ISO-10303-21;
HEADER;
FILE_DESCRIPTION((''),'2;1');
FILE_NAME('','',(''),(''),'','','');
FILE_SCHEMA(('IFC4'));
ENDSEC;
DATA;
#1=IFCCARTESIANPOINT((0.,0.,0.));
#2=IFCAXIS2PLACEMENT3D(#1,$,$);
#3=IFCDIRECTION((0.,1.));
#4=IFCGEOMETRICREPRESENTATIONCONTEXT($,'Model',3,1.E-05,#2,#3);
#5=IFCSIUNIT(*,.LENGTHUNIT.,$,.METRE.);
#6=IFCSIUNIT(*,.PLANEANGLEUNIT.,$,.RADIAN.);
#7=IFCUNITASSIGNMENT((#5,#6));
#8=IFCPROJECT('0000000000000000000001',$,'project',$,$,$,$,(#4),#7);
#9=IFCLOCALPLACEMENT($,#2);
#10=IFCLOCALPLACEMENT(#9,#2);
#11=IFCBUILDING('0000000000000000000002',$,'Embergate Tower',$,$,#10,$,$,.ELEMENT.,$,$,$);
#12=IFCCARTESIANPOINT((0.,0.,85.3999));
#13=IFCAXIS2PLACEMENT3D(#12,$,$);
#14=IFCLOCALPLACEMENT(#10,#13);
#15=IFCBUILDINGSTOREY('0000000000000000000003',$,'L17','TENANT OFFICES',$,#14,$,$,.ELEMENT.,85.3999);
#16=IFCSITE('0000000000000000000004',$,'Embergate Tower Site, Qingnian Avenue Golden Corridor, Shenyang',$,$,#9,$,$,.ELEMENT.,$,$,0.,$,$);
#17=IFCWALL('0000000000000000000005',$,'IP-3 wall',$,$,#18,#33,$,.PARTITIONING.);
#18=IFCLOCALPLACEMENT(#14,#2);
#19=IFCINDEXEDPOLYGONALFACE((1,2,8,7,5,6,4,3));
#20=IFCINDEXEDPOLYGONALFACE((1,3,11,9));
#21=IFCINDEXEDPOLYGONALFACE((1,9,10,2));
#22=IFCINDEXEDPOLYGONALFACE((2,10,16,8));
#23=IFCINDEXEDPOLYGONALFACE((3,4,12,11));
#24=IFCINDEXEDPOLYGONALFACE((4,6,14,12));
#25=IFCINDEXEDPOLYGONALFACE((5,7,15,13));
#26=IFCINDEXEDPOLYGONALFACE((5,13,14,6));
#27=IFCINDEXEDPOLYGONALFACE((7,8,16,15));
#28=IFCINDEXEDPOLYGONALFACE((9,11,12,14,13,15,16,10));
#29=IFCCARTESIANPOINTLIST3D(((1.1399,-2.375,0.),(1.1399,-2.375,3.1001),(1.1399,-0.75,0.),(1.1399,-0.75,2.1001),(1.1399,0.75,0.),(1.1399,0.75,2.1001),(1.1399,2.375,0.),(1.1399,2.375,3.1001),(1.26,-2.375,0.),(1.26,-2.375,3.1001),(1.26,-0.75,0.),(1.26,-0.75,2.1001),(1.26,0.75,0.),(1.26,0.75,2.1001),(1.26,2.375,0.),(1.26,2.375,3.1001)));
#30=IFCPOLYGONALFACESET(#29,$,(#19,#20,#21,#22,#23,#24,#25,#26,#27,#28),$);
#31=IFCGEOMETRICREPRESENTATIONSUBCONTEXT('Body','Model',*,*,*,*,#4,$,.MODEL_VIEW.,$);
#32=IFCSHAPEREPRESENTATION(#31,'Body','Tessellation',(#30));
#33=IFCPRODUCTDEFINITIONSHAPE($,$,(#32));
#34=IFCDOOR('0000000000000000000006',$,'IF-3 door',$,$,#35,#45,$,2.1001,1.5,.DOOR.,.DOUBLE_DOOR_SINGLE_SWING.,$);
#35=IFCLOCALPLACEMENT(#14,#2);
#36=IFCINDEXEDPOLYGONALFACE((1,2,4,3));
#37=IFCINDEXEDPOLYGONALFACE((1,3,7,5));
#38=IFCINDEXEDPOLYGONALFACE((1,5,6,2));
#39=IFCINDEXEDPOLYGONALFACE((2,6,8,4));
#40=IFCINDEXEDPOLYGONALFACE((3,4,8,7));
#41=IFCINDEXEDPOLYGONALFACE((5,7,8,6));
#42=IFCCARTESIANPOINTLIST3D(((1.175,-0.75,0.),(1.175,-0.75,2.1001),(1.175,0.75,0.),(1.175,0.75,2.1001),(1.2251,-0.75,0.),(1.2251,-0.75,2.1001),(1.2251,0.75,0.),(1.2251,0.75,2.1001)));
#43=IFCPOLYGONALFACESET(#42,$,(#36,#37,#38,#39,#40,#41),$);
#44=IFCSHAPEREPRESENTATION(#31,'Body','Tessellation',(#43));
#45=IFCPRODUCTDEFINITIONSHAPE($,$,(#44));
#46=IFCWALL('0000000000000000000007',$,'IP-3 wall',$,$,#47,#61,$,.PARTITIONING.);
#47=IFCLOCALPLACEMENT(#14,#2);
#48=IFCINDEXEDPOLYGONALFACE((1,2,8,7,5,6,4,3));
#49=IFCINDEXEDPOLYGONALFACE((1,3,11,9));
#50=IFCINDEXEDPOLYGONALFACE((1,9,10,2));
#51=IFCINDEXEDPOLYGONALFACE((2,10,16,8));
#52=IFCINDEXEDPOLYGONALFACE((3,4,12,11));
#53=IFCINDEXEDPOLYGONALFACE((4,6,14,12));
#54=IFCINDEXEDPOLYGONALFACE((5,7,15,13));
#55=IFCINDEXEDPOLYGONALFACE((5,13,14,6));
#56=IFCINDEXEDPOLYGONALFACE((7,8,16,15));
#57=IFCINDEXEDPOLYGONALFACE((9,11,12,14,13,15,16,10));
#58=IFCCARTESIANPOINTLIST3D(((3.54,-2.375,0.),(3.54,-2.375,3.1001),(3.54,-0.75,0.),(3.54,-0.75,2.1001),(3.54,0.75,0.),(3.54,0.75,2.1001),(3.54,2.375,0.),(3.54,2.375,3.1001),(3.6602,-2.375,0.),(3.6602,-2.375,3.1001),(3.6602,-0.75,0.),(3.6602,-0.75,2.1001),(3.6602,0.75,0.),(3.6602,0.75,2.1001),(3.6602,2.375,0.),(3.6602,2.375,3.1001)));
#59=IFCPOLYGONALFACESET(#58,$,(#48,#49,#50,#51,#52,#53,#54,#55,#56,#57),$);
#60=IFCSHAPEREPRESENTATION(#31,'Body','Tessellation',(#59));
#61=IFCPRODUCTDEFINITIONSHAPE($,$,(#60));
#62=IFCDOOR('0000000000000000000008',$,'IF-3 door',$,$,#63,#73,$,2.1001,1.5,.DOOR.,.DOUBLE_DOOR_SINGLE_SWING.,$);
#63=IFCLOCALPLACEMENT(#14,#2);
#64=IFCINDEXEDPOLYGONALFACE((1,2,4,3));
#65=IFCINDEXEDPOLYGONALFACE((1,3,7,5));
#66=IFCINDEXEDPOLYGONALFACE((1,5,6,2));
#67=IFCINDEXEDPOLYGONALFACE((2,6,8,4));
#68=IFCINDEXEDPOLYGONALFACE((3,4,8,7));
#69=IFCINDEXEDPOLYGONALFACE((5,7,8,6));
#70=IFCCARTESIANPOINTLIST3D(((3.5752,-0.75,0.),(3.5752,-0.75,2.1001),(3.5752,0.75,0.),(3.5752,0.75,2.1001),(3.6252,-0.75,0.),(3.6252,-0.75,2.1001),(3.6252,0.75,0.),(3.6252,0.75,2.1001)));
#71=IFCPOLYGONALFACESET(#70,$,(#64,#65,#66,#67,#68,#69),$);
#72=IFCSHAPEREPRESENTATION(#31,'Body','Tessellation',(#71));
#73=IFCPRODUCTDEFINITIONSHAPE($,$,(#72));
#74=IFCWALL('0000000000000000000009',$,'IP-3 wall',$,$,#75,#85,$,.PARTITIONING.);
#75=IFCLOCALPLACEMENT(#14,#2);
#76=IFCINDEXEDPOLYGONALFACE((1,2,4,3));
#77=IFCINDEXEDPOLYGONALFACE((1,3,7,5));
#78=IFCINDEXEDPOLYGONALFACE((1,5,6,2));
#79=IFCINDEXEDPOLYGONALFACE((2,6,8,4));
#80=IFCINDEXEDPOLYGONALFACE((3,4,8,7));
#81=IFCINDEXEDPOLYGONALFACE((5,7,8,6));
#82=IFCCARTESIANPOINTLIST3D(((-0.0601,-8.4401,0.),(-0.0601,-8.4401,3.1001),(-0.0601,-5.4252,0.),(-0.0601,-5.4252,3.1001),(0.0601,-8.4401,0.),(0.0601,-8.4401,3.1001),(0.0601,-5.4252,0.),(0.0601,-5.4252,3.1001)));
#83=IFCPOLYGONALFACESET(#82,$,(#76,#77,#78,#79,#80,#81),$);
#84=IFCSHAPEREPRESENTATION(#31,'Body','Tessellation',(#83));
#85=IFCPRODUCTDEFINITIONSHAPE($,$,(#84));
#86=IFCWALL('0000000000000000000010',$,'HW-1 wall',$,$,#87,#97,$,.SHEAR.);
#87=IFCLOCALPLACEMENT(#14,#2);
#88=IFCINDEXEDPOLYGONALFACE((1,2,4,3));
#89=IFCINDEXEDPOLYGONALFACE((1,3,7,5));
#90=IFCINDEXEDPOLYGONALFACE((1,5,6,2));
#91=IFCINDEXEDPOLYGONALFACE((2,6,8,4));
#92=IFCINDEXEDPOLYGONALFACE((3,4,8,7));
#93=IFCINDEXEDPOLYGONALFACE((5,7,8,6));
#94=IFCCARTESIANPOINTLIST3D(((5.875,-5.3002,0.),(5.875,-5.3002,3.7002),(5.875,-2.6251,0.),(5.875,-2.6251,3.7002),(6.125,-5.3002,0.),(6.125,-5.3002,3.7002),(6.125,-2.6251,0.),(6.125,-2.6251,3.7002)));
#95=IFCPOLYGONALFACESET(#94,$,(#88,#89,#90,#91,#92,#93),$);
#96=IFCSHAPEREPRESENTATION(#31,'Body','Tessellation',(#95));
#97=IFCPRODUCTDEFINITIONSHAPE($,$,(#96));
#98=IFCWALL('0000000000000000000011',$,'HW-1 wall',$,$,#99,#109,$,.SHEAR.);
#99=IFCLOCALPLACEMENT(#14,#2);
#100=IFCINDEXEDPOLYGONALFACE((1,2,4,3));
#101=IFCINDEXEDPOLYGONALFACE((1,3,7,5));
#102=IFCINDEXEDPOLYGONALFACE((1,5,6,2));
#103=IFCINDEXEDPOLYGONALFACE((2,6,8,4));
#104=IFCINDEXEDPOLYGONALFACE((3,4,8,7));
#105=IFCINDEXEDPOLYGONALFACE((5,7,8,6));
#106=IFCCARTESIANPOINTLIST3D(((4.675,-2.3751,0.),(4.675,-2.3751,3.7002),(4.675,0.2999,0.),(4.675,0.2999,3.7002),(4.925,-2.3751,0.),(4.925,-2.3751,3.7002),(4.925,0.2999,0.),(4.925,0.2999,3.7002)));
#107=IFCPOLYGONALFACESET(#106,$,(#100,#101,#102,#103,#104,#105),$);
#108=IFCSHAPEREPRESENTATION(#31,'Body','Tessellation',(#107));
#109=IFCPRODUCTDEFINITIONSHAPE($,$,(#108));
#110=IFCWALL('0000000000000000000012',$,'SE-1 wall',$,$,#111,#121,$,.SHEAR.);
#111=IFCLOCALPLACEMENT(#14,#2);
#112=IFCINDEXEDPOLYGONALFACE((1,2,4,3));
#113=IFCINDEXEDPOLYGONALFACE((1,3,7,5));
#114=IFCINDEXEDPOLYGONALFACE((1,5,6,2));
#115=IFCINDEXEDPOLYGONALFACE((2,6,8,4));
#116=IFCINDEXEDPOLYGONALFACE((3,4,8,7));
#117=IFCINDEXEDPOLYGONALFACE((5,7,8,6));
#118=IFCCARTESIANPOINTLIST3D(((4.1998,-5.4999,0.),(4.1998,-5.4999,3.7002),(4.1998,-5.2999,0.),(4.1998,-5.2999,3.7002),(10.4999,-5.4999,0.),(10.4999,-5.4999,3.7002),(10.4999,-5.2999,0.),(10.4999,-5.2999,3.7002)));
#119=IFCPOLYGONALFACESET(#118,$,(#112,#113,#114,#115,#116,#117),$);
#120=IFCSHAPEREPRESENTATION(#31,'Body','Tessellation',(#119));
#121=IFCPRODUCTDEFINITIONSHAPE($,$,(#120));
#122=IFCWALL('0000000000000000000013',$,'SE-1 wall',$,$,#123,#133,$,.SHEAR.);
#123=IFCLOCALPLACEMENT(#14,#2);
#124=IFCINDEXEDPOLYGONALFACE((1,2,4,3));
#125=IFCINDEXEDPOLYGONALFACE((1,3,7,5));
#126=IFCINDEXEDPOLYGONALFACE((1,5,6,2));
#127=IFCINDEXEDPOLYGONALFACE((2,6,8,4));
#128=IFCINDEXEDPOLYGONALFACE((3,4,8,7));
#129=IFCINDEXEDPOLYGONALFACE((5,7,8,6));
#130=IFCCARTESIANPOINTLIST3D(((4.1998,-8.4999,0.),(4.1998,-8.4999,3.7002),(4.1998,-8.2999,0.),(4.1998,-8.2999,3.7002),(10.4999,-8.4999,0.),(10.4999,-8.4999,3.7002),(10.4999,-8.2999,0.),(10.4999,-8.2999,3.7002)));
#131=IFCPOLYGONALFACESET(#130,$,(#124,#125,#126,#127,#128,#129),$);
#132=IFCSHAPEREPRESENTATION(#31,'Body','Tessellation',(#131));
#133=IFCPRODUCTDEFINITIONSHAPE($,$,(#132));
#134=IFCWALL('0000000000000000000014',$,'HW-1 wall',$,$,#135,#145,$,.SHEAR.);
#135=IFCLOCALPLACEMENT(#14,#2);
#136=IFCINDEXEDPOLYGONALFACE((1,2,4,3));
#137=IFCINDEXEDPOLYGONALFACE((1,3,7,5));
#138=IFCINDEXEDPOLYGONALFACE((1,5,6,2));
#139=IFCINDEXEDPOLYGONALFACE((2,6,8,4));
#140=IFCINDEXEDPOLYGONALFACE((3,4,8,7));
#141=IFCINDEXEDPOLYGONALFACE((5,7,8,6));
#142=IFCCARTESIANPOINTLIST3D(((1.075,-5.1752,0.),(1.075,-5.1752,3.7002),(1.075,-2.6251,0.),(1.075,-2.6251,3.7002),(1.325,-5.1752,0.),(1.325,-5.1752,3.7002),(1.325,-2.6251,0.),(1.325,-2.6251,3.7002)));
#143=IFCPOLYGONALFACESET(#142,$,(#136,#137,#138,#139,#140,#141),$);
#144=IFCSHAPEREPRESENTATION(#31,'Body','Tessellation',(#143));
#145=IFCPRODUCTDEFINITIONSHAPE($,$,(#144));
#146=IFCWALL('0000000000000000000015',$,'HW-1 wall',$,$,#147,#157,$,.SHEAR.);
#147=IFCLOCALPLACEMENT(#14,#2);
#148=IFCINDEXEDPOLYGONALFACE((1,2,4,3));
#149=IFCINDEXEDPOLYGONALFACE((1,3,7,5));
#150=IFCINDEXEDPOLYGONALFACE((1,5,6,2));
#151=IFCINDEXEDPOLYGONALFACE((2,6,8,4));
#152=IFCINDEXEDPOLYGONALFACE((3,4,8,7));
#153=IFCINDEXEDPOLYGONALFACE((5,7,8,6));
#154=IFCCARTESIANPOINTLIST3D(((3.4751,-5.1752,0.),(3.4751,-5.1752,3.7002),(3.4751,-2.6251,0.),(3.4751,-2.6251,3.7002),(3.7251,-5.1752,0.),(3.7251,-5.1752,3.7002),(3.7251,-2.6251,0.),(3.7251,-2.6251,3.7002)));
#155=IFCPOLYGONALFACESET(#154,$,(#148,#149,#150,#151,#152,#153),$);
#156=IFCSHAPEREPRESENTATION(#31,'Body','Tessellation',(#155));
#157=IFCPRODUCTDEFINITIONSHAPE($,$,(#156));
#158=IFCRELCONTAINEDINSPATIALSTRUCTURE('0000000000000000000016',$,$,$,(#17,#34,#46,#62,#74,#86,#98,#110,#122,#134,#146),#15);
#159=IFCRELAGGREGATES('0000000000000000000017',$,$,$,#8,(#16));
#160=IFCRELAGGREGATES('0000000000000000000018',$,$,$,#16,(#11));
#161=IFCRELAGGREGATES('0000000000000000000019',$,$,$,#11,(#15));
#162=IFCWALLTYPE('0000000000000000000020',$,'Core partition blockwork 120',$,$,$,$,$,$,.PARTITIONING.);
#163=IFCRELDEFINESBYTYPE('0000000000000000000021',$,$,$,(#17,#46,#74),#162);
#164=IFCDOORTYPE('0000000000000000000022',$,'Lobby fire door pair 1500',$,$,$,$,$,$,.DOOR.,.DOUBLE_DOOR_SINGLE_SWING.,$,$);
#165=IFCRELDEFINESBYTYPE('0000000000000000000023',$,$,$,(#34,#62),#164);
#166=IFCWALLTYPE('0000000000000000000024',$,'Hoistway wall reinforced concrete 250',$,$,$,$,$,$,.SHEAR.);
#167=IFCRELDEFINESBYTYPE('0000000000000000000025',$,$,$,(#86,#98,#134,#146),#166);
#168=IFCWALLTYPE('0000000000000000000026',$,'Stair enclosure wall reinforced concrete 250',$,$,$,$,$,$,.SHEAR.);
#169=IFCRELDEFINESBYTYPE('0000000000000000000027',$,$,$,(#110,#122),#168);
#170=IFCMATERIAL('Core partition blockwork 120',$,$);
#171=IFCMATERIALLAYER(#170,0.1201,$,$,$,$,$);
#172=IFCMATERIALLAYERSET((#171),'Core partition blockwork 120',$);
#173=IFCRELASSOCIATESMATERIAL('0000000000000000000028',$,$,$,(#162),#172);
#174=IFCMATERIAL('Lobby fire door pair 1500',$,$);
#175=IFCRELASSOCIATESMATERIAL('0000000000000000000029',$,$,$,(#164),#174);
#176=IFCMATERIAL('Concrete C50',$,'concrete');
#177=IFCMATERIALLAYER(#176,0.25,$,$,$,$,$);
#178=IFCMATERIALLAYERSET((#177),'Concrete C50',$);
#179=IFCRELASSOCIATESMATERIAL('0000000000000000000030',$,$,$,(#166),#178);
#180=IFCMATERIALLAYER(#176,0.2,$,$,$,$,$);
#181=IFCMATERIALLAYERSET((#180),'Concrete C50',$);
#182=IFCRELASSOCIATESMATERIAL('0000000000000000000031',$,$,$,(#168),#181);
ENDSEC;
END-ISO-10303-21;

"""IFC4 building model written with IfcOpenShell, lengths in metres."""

from ifc_helpers import new_model, si_unit, direction, frame, frame_2d, origin, place, context, subcontext, project, spatial, rectangle, extrude, source, transform, mapped, material, layer, layer_set, type_object, element, fill, save


model = new_model("IFC4")

# Units and contexts
model_context = context("Model", 3, precision=1e-05, world=origin(), true_north=direction((0.0, 1.0)))
body_context = subcontext(model_context, "Body", "Model", "MODEL_VIEW")
ifc_project = project(units=[si_unit("LENGTHUNIT", "METRE"), si_unit("PLANEANGLEUNIT", "RADIAN")], contexts=[model_context])

# Site, building, storey
site_placement = place(None, origin())
site = spatial("IfcSite", under=ifc_project, at=site_placement, Name="Embergate Tower Site, Qingnian Avenue Golden Corridor, Shenyang", CompositionType="ELEMENT", RefElevation=0.0)
building_placement = place(site_placement, origin())
building = spatial("IfcBuilding", under=site, at=building_placement, Name="Embergate Tower", CompositionType="ELEMENT")
storey_placement = place(building_placement, frame((0.0, 0.0, 85.3999)))
storey = spatial("IfcBuildingStorey", under=building, at=storey_placement, Name="L17", Description="TENANT OFFICES", CompositionType="ELEMENT", Elevation=85.3999)

# Walls, openings, doors
ifc_material_1 = material(Name="Core partition blockwork 120")
ifc_layer_1 = layer(ifc_material_1, 0.1201)
ifc_layer_set_1 = layer_set([ifc_layer_1], Name="Core partition blockwork 120")
wall_type_1 = type_object("IfcWallType", Name="Core partition blockwork 120", PredefinedType="PARTITIONING", material=ifc_layer_set_1)
shared_shape_1 = source(origin(), body_context, "Body", "SweptSolid", [
    extrude(rectangle(XDim=4.75, YDim=0.1201, at=frame_2d((2.375, 0.0))), origin(), (0.0, 0.0, 1.0), 3.1001),
])
wall_1_placement = place(storey_placement, frame((1.2, -2.375, 0.0), z_axis=(0.0, 0.0, 1.0), x_axis=(0.0, 1.0, 0.0)))
wall_1 = element("IfcWall", 1, at=wall_1_placement, inside=storey, type_object=wall_type_1, Name="IP-3 wall", PredefinedType="PARTITIONING", context=body_context, shape_type="MappedRepresentation", body=[
    mapped(shared_shape_1, transform((0.0, 0.0, 0.0))),
])
shared_shape_2 = source(origin(), body_context, "Body", "SweptSolid", [
    extrude(rectangle(XDim=1.5, YDim=2.1001, at=frame_2d((0.75, 1.05))), frame((0.0, 0.0701, 0.0), z_axis=(0.0, -1.0, 0.0), x_axis=(1.0, 0.0, 0.0)), (0.0, 0.0, 1.0), 0.1401),
])
opening_1_placement = place(wall_1_placement, frame((1.625, 0.0, 0.0)))
opening_1 = element("IfcOpeningElement", 2, at=opening_1_placement, cuts=wall_1, PredefinedType="OPENING", context=body_context, shape_type="MappedRepresentation", body=[
    mapped(shared_shape_2, transform((0.0, 0.0, 0.0))),
])
ifc_material_2 = material(Name="Lobby fire door pair 1500")
door_type_1 = type_object("IfcDoorType", Name="Lobby fire door pair 1500", OperationType="DOUBLE_DOOR_SINGLE_SWING", PredefinedType="DOOR", material=ifc_material_2)
shared_shape_3 = source(origin(), body_context, "Body", "SweptSolid", [
    extrude(rectangle(XDim=1.5, YDim=2.1001, at=frame_2d((0.75, 1.05))), frame((0.0, 0.0249, 0.0), z_axis=(0.0, -1.0, 0.0), x_axis=(1.0, 0.0, 0.0)), (0.0, 0.0, 1.0), 0.05),
])
door_1_placement = place(opening_1_placement, origin())
door_1 = element("IfcDoor", 3, at=door_1_placement, inside=storey, type_object=door_type_1, Name="IF-3 door", OperationType="DOUBLE_DOOR_SINGLE_SWING", OverallHeight=2.1001, OverallWidth=1.5, PredefinedType="DOOR", context=body_context, shape_type="MappedRepresentation", body=[
    mapped(shared_shape_3, transform((0.0, 0.0, 0.0))),
])
fill(opening_1, door_1)
wall_2_placement = place(storey_placement, frame((3.6001, -2.375, 0.0), z_axis=(0.0, 0.0, 1.0), x_axis=(0.0, 1.0, 0.0)))
wall_2 = element("IfcWall", 4, at=wall_2_placement, inside=storey, type_object=wall_type_1, Name="IP-3 wall", PredefinedType="PARTITIONING", context=body_context, shape_type="MappedRepresentation", body=[
    mapped(shared_shape_1, transform((0.0, 0.0, 0.0))),
])
opening_2_placement = place(wall_2_placement, frame((1.625, 0.0, 0.0)))
opening_2 = element("IfcOpeningElement", 5, at=opening_2_placement, cuts=wall_2, PredefinedType="OPENING", context=body_context, shape_type="MappedRepresentation", body=[
    mapped(shared_shape_2, transform((0.0, 0.0, 0.0))),
])
door_2_placement = place(opening_2_placement, origin())
door_2 = element("IfcDoor", 6, at=door_2_placement, inside=storey, type_object=door_type_1, Name="IF-3 door", OperationType="DOUBLE_DOOR_SINGLE_SWING", OverallHeight=2.1001, OverallWidth=1.5, PredefinedType="DOOR", context=body_context, shape_type="MappedRepresentation", body=[
    mapped(shared_shape_3, transform((0.0, 0.0, 0.0))),
])
fill(opening_2, door_2)

# Walls
shared_shape_4 = source(origin(), body_context, "Body", "SweptSolid", [
    extrude(rectangle(XDim=3.0149, YDim=0.1201, at=frame_2d((1.5073, 0.0))), origin(), (0.0, 0.0, 1.0), 3.1001),
])
wall_3_placement = place(storey_placement, frame((0.0, -8.4399, 0.0), z_axis=(0.0, 0.0, 1.0), x_axis=(0.0, 1.0, 0.0)))
element("IfcWall", 7, at=wall_3_placement, inside=storey, type_object=wall_type_1, Name="IP-3 wall", PredefinedType="PARTITIONING", context=body_context, shape_type="MappedRepresentation", body=[
    mapped(shared_shape_4, transform((0.0, 0.0, 0.0))),
])
ifc_material_3 = material(Name="Concrete C50", Category="concrete")
ifc_layer_2 = layer(ifc_material_3, 0.25)
ifc_layer_set_2 = layer_set([ifc_layer_2], Name="Concrete C50")
wall_type_2 = type_object("IfcWallType", Name="Hoistway wall reinforced concrete 250", PredefinedType="SHEAR", material=ifc_layer_set_2)
shared_shape_5 = source(origin(), body_context, "Body", "SweptSolid", [
    extrude(rectangle(XDim=2.675, YDim=0.25, at=frame_2d((1.3374, 0.0))), origin(), (0.0, 0.0, 1.0), 3.7002),
])
for number, where, z_axis, x_axis, name in (
    (8, (6.0, -5.3, 0.0), (0.0, 0.0, 1.0), (0.0, 1.0, 0.0), "HW-1 wall"),
    (9, (4.8, -2.375, 0.0), (0.0, 0.0, 1.0), (0.0, 1.0, 0.0), "HW-1 wall"),
):
    element("IfcWall", number, at=place(storey_placement, frame(where, z_axis=z_axis, x_axis=x_axis)), inside=storey, type_object=wall_type_2, Name=name, PredefinedType="SHEAR", context=body_context, shape_type="MappedRepresentation", body=[
        mapped(shared_shape_5, transform((0.0, 0.0, 0.0))),
    ])
ifc_layer_3 = layer(ifc_material_3, 0.2)
ifc_layer_set_3 = layer_set([ifc_layer_3], Name="Concrete C50")
wall_type_3 = type_object("IfcWallType", Name="Stair enclosure wall reinforced concrete 250", PredefinedType="SHEAR", material=ifc_layer_set_3)
shared_shape_6 = source(origin(), body_context, "Body", "SweptSolid", [
    extrude(rectangle(XDim=6.3, YDim=0.2, at=frame_2d((3.1499, 0.0))), origin(), (0.0, 0.0, 1.0), 3.7002),
])
for number, where, z_axis, x_axis, name in (
    (10, (4.2, -5.3999, 0.0), (0.0, 0.0, 1.0), (1.0, 0.0, 0.0), "SE-1 wall"),
    (11, (4.2, -8.3999, 0.0), (0.0, 0.0, 1.0), (1.0, 0.0, 0.0), "SE-1 wall"),
):
    element("IfcWall", number, at=place(storey_placement, frame(where, z_axis=z_axis, x_axis=x_axis)), inside=storey, type_object=wall_type_3, Name=name, PredefinedType="SHEAR", context=body_context, shape_type="MappedRepresentation", body=[
        mapped(shared_shape_6, transform((0.0, 0.0, 0.0))),
    ])
shared_shape_7 = source(origin(), body_context, "Body", "SweptSolid", [
    extrude(rectangle(XDim=2.55, YDim=0.25, at=frame_2d((1.2749, 0.0))), origin(), (0.0, 0.0, 1.0), 3.7002),
])
for number, where, z_axis, x_axis, name in (
    (12, (1.2, -5.175, 0.0), (0.0, 0.0, 1.0), (0.0, 1.0, 0.0), "HW-1 wall"),
    (13, (3.6001, -5.175, 0.0), (0.0, 0.0, 1.0), (0.0, 1.0, 0.0), "HW-1 wall"),
):
    element("IfcWall", number, at=place(storey_placement, frame(where, z_axis=z_axis, x_axis=x_axis)), inside=storey, type_object=wall_type_2, Name=name, PredefinedType="SHEAR", context=body_context, shape_type="MappedRepresentation", body=[
        mapped(shared_shape_7, transform((0.0, 0.0, 0.0))),
    ])

save(model, "model.ifc")
